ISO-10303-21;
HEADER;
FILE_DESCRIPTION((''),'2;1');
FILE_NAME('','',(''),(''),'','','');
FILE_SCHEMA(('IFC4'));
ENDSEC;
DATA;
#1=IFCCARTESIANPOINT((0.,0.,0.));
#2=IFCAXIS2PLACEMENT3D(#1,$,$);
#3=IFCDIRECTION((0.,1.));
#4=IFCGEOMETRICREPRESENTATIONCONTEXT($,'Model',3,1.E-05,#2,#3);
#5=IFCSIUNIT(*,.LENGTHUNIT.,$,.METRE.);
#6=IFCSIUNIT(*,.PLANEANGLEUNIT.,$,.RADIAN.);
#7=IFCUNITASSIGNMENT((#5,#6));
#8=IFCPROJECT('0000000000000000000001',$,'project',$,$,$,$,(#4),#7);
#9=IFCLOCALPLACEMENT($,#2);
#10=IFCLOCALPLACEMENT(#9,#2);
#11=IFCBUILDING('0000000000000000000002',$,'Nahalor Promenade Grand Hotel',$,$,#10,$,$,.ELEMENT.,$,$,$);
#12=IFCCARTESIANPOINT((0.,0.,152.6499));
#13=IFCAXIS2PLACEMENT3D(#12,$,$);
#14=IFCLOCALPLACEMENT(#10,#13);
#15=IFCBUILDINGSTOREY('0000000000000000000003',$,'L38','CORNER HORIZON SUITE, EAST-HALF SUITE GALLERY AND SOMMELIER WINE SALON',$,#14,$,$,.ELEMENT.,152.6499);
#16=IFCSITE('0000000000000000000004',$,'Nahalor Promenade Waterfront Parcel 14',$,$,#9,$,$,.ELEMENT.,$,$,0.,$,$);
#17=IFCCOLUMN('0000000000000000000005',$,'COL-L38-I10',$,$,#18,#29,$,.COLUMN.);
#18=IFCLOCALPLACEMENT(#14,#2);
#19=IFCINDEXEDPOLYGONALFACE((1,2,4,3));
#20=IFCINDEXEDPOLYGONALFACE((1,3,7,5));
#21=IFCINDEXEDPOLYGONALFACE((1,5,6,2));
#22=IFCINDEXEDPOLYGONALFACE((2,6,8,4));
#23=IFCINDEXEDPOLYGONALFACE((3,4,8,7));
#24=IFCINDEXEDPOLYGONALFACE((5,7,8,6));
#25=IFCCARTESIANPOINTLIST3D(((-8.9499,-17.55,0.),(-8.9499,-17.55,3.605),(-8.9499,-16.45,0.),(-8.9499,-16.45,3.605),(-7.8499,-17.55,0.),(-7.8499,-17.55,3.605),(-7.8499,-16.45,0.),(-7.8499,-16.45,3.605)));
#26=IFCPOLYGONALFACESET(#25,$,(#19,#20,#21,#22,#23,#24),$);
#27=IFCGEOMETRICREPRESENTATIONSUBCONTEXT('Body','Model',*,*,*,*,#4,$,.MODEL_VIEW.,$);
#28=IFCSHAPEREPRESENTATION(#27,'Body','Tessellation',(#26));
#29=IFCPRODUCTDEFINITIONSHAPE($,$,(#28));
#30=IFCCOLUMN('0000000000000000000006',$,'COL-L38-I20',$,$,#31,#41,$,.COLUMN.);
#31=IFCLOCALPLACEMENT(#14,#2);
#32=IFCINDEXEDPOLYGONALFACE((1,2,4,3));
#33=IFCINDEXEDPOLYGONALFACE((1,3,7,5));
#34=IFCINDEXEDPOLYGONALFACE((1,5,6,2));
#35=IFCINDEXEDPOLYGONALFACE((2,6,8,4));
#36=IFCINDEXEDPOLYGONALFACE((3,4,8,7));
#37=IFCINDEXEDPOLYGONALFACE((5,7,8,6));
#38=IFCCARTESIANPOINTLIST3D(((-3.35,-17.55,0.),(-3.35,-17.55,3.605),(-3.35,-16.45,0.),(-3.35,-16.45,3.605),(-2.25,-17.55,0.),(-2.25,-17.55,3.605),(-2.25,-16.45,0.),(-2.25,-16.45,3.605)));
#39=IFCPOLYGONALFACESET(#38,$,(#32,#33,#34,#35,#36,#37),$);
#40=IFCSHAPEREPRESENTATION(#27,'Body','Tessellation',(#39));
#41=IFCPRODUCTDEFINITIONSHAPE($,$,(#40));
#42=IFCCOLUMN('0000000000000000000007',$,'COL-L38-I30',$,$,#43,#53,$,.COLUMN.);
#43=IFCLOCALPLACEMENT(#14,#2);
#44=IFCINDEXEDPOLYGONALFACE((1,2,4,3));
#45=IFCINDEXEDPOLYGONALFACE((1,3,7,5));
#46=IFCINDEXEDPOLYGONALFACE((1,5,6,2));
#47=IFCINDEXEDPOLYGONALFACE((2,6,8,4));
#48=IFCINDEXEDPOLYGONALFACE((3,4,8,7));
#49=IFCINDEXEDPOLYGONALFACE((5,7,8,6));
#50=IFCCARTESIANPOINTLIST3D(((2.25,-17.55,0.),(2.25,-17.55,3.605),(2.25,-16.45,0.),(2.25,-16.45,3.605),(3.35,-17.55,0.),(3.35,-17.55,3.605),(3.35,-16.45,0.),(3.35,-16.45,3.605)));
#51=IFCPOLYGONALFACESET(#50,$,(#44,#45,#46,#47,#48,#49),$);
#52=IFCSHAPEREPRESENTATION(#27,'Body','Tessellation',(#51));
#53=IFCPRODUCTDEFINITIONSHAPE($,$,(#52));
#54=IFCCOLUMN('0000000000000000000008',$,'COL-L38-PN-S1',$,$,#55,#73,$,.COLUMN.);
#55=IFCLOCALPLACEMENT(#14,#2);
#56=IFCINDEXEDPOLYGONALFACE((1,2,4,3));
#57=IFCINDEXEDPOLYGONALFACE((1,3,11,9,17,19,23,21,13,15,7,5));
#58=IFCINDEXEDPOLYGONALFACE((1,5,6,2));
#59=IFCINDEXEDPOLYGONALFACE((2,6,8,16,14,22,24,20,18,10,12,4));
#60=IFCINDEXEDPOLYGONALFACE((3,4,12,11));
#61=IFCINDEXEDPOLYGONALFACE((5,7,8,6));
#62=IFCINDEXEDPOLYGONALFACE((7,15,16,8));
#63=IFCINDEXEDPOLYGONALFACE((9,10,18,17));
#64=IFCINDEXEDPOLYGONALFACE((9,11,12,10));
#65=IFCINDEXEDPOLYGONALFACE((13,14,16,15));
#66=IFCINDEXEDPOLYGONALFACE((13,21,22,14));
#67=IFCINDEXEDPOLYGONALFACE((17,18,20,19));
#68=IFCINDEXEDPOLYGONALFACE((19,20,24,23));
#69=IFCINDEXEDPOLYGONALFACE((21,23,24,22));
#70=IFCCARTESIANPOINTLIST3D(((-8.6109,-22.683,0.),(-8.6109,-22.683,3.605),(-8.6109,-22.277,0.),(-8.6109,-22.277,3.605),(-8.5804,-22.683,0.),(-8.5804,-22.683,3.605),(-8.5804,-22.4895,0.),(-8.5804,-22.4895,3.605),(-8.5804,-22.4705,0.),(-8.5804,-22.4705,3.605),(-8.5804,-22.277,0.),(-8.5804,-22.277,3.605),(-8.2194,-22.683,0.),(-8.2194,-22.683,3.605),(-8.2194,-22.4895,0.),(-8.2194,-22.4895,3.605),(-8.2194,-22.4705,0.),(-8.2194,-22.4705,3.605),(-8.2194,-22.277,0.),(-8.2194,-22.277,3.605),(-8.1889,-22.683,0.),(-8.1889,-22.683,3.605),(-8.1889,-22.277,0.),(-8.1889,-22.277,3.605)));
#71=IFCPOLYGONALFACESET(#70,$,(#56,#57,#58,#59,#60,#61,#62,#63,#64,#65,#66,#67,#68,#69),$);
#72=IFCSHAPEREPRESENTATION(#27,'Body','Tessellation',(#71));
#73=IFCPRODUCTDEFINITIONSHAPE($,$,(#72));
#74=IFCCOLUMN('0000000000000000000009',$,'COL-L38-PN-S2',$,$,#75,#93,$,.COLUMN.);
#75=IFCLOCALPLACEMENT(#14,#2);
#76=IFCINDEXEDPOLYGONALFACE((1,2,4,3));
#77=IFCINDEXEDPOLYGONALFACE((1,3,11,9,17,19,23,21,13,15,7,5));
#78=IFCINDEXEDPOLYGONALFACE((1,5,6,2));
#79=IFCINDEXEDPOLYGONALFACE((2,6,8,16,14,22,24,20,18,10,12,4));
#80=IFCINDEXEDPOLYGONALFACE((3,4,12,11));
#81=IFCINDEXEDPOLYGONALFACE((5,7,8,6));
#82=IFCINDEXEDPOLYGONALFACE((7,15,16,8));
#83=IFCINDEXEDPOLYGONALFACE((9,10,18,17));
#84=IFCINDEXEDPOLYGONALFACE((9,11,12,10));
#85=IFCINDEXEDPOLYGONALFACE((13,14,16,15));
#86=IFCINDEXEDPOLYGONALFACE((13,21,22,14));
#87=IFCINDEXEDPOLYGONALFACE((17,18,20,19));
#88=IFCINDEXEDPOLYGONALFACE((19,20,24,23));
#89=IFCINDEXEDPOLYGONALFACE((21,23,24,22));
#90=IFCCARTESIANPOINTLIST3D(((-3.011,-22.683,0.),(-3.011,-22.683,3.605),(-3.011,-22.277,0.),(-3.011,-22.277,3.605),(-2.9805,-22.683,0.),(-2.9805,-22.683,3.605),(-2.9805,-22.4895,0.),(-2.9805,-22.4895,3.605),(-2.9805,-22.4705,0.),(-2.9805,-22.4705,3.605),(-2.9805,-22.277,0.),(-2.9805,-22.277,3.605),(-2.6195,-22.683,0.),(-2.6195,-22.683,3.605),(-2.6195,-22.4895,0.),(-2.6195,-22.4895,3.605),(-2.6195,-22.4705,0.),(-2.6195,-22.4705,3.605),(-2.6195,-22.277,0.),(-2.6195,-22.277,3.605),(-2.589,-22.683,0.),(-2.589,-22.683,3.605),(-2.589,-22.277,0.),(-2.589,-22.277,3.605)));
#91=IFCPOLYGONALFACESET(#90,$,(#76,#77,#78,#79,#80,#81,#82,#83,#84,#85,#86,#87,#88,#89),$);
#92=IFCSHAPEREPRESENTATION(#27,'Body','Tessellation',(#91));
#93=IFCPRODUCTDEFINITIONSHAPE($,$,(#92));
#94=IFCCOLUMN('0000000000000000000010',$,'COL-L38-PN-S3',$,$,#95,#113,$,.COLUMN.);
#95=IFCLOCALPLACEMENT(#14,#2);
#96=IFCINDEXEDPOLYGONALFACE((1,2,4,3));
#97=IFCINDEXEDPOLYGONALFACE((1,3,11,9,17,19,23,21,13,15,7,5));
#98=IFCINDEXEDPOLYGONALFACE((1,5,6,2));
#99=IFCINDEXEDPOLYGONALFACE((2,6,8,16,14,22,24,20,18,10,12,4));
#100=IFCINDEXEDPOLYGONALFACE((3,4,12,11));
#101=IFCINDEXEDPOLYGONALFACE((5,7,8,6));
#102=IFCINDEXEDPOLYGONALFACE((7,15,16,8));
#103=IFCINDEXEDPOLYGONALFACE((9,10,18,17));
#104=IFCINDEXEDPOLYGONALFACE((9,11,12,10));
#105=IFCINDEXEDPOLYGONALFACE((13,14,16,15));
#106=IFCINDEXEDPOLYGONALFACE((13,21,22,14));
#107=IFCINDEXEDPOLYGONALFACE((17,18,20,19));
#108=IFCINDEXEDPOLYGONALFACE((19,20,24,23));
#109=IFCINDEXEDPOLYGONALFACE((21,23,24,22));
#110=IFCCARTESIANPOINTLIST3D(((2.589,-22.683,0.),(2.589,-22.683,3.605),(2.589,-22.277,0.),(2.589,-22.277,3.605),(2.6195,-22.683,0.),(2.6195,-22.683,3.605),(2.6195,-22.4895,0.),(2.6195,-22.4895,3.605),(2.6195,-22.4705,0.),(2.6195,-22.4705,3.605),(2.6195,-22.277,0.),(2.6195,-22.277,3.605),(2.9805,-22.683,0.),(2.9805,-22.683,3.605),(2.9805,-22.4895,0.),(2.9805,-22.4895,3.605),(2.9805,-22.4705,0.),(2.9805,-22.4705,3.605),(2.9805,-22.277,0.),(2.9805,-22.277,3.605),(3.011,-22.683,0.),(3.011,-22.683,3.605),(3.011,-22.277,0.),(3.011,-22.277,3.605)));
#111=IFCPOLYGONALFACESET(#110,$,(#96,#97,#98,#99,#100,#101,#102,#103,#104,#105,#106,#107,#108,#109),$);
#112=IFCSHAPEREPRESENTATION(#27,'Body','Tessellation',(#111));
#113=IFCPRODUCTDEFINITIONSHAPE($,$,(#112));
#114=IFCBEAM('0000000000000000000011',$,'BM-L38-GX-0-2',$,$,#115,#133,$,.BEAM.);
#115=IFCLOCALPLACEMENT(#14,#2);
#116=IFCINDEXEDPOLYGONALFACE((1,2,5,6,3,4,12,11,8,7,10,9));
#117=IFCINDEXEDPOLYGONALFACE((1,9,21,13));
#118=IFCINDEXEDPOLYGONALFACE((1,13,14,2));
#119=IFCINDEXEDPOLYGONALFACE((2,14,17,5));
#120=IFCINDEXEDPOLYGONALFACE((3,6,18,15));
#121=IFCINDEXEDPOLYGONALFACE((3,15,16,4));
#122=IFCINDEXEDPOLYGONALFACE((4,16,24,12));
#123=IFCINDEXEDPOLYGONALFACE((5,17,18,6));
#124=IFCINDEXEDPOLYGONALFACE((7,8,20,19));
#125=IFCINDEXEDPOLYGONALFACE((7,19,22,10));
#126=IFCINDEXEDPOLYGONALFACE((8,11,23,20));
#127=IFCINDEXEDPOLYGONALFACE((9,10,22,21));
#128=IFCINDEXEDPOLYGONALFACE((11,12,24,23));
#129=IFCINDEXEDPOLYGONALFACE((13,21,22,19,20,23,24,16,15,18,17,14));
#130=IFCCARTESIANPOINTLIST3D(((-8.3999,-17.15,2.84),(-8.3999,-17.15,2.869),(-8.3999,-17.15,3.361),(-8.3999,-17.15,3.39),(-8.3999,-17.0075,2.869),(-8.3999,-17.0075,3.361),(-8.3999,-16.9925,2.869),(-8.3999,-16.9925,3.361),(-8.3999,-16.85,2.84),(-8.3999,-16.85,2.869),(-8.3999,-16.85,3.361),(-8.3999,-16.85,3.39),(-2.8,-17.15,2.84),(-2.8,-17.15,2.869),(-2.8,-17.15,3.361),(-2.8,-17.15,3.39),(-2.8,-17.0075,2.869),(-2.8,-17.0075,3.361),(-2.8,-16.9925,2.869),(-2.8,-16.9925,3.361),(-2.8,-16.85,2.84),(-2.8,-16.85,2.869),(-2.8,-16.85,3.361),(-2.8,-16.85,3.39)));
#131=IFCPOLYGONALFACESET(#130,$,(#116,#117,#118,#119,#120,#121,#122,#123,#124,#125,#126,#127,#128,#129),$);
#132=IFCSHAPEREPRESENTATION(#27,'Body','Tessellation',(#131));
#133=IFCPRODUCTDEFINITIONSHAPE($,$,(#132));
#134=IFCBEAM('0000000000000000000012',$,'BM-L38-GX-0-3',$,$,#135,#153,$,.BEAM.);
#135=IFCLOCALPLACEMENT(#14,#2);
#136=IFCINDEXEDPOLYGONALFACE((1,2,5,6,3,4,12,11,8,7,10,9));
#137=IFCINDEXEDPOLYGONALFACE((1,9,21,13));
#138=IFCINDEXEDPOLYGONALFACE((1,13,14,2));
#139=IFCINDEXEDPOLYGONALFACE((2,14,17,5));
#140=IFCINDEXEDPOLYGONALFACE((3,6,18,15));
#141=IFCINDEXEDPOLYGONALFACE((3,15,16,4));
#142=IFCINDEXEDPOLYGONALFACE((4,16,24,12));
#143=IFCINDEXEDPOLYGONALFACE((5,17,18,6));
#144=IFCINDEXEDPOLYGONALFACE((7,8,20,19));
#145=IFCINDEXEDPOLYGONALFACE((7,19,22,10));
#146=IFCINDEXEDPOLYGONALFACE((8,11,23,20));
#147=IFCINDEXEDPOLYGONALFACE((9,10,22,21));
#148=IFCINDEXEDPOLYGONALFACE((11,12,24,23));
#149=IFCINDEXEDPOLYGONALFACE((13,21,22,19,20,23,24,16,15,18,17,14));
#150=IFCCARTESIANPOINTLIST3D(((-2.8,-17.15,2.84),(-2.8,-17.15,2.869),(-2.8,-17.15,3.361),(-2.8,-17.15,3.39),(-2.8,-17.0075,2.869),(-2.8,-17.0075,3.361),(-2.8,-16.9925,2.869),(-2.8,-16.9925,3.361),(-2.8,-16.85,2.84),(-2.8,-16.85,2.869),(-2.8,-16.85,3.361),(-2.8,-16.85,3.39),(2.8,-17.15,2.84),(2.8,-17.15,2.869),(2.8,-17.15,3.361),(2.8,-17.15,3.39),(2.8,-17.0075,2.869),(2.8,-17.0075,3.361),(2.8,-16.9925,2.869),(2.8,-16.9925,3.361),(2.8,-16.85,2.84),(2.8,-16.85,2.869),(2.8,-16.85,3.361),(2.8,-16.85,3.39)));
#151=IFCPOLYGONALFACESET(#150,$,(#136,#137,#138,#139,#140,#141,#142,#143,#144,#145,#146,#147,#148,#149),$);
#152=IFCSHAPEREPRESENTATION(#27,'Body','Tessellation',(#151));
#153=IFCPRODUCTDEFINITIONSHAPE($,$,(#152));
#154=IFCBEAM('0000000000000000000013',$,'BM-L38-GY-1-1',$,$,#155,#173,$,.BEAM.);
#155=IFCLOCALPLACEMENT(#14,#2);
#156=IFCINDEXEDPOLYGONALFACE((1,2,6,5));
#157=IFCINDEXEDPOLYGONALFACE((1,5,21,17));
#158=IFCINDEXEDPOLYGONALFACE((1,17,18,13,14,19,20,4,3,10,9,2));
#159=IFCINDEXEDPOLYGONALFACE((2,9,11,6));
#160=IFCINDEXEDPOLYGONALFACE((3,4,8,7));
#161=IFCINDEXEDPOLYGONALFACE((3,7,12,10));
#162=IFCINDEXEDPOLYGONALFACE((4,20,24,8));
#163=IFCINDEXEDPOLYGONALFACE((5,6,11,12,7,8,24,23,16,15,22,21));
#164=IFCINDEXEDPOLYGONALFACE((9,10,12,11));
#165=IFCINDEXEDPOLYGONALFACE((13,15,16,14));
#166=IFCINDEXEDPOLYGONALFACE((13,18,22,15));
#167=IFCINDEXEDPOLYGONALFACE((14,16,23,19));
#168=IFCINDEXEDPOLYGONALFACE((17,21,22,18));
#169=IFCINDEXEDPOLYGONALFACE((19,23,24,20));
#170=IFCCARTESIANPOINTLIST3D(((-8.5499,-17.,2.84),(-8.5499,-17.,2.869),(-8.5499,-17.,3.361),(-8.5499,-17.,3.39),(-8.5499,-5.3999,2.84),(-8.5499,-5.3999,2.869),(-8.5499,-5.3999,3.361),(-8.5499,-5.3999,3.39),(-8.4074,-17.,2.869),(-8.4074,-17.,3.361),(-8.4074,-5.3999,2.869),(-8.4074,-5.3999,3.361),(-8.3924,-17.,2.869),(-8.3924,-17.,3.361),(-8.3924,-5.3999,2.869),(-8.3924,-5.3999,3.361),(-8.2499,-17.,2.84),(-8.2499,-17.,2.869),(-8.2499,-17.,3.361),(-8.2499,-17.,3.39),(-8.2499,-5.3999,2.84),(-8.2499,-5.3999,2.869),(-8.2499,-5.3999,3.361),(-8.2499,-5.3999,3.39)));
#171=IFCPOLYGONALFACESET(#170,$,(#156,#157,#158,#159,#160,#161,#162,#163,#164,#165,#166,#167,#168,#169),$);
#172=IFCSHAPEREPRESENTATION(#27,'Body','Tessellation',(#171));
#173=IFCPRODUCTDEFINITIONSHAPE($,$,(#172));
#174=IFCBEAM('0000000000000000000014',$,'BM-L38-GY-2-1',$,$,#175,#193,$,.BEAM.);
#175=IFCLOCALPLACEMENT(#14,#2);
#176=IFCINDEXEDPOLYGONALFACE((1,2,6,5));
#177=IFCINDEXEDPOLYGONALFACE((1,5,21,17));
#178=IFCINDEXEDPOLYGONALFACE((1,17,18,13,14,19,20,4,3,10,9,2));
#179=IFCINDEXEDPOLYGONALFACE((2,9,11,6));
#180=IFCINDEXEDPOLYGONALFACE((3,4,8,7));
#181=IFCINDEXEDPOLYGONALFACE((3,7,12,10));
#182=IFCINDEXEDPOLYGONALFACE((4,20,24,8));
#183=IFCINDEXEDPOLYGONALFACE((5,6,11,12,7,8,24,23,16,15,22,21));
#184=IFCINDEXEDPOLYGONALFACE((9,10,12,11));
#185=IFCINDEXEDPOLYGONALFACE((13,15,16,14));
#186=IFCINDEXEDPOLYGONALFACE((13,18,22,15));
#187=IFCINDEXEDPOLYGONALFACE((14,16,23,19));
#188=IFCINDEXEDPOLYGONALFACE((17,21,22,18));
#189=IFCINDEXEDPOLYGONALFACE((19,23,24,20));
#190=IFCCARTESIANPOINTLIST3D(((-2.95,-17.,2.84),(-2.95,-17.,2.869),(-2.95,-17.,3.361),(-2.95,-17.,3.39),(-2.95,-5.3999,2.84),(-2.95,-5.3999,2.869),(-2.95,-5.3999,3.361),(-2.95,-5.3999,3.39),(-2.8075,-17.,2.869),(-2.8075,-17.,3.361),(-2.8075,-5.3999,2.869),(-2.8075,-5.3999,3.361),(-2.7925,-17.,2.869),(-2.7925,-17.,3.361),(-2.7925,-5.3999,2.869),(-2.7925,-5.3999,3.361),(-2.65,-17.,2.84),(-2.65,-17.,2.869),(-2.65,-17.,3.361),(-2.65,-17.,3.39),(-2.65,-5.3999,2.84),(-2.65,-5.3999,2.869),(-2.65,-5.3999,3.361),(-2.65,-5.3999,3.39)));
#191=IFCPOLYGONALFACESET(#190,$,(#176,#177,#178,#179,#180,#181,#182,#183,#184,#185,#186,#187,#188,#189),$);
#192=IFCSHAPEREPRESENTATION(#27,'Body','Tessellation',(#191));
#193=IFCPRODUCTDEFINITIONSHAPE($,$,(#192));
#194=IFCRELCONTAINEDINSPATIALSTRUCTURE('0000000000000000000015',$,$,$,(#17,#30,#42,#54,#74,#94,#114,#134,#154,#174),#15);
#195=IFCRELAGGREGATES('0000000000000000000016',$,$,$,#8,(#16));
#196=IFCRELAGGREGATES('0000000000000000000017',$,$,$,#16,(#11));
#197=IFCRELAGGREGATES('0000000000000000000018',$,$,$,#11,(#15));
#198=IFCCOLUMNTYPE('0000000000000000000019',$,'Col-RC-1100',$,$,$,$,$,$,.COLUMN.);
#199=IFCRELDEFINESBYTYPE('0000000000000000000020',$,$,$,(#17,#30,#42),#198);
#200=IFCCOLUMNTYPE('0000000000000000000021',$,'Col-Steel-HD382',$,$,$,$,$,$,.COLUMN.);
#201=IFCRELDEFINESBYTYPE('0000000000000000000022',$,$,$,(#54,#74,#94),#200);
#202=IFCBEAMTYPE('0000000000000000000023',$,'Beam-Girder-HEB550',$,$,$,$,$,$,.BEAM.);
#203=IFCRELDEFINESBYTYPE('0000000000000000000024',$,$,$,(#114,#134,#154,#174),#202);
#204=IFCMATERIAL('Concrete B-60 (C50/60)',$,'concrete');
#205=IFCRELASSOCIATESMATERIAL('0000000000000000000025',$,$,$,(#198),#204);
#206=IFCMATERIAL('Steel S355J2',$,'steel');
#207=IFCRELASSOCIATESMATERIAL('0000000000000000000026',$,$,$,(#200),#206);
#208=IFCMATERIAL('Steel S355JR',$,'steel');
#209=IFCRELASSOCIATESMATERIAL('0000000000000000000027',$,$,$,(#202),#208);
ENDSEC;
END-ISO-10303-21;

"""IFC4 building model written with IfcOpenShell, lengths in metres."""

from ifc_helpers import new_model, si_unit, direction, frame, origin, origin_2d, place, context, subcontext, project, spatial, rectangle, i_section, extrude, source, transform, mapped, material, material_profile, profile_set, type_object, element, save


model = new_model("IFC4")

# Units and contexts
model_context = context("Model", 3, precision=1e-05, world=origin(), true_north=direction((0.0, 1.0)))
body_context = subcontext(model_context, "Body", "Model", "MODEL_VIEW")
ifc_project = project(units=[si_unit("LENGTHUNIT", "METRE"), si_unit("PLANEANGLEUNIT", "RADIAN")], contexts=[model_context])

# Site, building, storey
site_placement = place(None, origin())
site = spatial("IfcSite", under=ifc_project, at=site_placement, Name="Nahalor Promenade Waterfront Parcel 14", CompositionType="ELEMENT", RefElevation=0.0)
building_placement = place(site_placement, origin())
building = spatial("IfcBuilding", under=site, at=building_placement, Name="Nahalor Promenade Grand Hotel", CompositionType="ELEMENT")
storey_placement = place(building_placement, frame((0.0, 0.0, 152.6499)))
storey = spatial("IfcBuildingStorey", under=building, at=storey_placement, Name="L38", Description="CORNER HORIZON SUITE, EAST-HALF SUITE GALLERY AND SOMMELIER WINE SALON", CompositionType="ELEMENT", Elevation=152.6499)

# Columns
ifc_material_1 = material(Name="Concrete B-60 (C50/60)", Category="concrete")
ifc_material_profile_1 = material_profile(ifc_material_1, rectangle(XDim=1.1, YDim=1.1, at=origin_2d()), Name="RC 1100x1100")
ifc_profile_set_1 = profile_set([ifc_material_profile_1], Name="Concrete B-60 (C50/60)")
column_type_1 = type_object("IfcColumnType", Name="Col-RC-1100", PredefinedType="COLUMN", material=ifc_profile_set_1)
shared_shape_1 = source(origin(), body_context, "Body", "SweptSolid", [
    extrude(rectangle(XDim=1.1, YDim=1.1, at=origin_2d()), origin(), (0.0, 0.0, 1.0), 3.605),
])
for number, where, z_axis, x_axis, name in (
    (1, (-8.3999, -17.0, 0.0), (0.0, 0.0, 1.0), (1.0, 0.0, 0.0), "COL-L38-I10"),
    (2, (-2.8, -17.0, 0.0), (0.0, 0.0, 1.0), (1.0, 0.0, 0.0), "COL-L38-I20"),
    (3, (2.8, -17.0, 0.0), (0.0, 0.0, 1.0), (1.0, 0.0, 0.0), "COL-L38-I30"),
):
    element("IfcColumn", number, at=place(storey_placement, frame(where, z_axis=z_axis, x_axis=x_axis)), inside=storey, type_object=column_type_1, Name=name, PredefinedType="COLUMN", context=body_context, shape_type="MappedRepresentation", body=[
        mapped(shared_shape_1, transform((0.0, 0.0, 0.0), scale=1.0)),
    ])
ifc_material_2 = material(Name="Steel S355J2", Category="steel")
ifc_material_profile_2 = material_profile(ifc_material_2, i_section(OverallWidth=0.406, OverallDepth=0.422, WebThickness=0.019, FlangeThickness=0.0305, at=origin_2d()), Name="HD 400x382")
ifc_profile_set_2 = profile_set([ifc_material_profile_2], Name="Steel S355J2")
column_type_2 = type_object("IfcColumnType", Name="Col-Steel-HD382", PredefinedType="COLUMN", material=ifc_profile_set_2)
shared_shape_2 = source(origin(), body_context, "Body", "SweptSolid", [
    extrude(i_section(OverallWidth=0.406, OverallDepth=0.422, WebThickness=0.019, FlangeThickness=0.0305, at=origin_2d()), origin(), (0.0, 0.0, 1.0), 3.605),
])
for number, where, z_axis, x_axis, name in (
    (4, (-8.3999, -22.48, 0.0), (0.0, 0.0, 1.0), (0.0, 1.0, 0.0), "COL-L38-PN-S1"),
    (5, (-2.8, -22.48, 0.0), (0.0, 0.0, 1.0), (0.0, 1.0, 0.0), "COL-L38-PN-S2"),
    (6, (2.8, -22.48, 0.0), (0.0, 0.0, 1.0), (0.0, 1.0, 0.0), "COL-L38-PN-S3"),
):
    element("IfcColumn", number, at=place(storey_placement, frame(where, z_axis=z_axis, x_axis=x_axis)), inside=storey, type_object=column_type_2, Name=name, PredefinedType="COLUMN", context=body_context, shape_type="MappedRepresentation", body=[
        mapped(shared_shape_2, transform((0.0, 0.0, 0.0), scale=1.0)),
    ])

# Beams
ifc_material_3 = material(Name="Steel S355JR", Category="steel")
ifc_material_profile_3 = material_profile(ifc_material_3, i_section(OverallWidth=0.3, OverallDepth=0.55, WebThickness=0.015, FlangeThickness=0.029, at=origin_2d()), Name="HEB 550")
ifc_profile_set_3 = profile_set([ifc_material_profile_3], Name="Steel S355JR")
beam_type_1 = type_object("IfcBeamType", Name="Beam-Girder-HEB550", PredefinedType="BEAM", material=ifc_profile_set_3)
shared_shape_3 = source(origin(), body_context, "Body", "SweptSolid", [
    extrude(i_section(OverallWidth=0.3, OverallDepth=0.55, WebThickness=0.015, FlangeThickness=0.029, at=origin_2d()), origin(), (0.0, 0.0, 1.0), 5.5999),
])
beam_1_placement = place(storey_placement, frame((-8.3999, -17.0, 3.115), z_axis=(1.0, 0.0, 0.0), x_axis=(0.0, 1.0, 0.0)))
element("IfcBeam", 7, at=beam_1_placement, inside=storey, type_object=beam_type_1, Name="BM-L38-GX-0-2", PredefinedType="BEAM", context=body_context, shape_type="MappedRepresentation", body=[
    mapped(shared_shape_3, transform((0.0, 0.0, 0.0), scale=1.0)),
])
shared_shape_4 = source(origin(), body_context, "Body", "SweptSolid", [
    extrude(i_section(OverallWidth=0.3, OverallDepth=0.55, WebThickness=0.015, FlangeThickness=0.029, at=origin_2d()), origin(), (0.0, 0.0, 1.0), 5.6001),
])
beam_2_placement = place(storey_placement, frame((-2.8, -17.0, 3.115), z_axis=(1.0, 0.0, 0.0), x_axis=(0.0, 1.0, 0.0)))
element("IfcBeam", 8, at=beam_2_placement, inside=storey, type_object=beam_type_1, Name="BM-L38-GX-0-3", PredefinedType="BEAM", context=body_context, shape_type="MappedRepresentation", body=[
    mapped(shared_shape_4, transform((0.0, 0.0, 0.0), scale=1.0)),
])
shared_shape_5 = source(origin(), body_context, "Body", "SweptSolid", [
    extrude(i_section(OverallWidth=0.3, OverallDepth=0.55, WebThickness=0.015, FlangeThickness=0.029, at=origin_2d()), origin(), (0.0, 0.0, 1.0), 11.6001),
])
for number, where, z_axis, x_axis, name in (
    (9, (-8.3999, -17.0, 3.115), (0.0, 1.0, 0.0), (-1.0, 0.0, 0.0), "BM-L38-GY-1-1"),
    (10, (-2.8, -17.0, 3.115), (0.0, 1.0, 0.0), (-1.0, 0.0, 0.0), "BM-L38-GY-2-1"),
):
    element("IfcBeam", number, at=place(storey_placement, frame(where, z_axis=z_axis, x_axis=x_axis)), inside=storey, type_object=beam_type_1, Name=name, PredefinedType="BEAM", context=body_context, shape_type="MappedRepresentation", body=[
        mapped(shared_shape_5, transform((0.0, 0.0, 0.0), scale=1.0)),
    ])

save(model, "model.ifc")
